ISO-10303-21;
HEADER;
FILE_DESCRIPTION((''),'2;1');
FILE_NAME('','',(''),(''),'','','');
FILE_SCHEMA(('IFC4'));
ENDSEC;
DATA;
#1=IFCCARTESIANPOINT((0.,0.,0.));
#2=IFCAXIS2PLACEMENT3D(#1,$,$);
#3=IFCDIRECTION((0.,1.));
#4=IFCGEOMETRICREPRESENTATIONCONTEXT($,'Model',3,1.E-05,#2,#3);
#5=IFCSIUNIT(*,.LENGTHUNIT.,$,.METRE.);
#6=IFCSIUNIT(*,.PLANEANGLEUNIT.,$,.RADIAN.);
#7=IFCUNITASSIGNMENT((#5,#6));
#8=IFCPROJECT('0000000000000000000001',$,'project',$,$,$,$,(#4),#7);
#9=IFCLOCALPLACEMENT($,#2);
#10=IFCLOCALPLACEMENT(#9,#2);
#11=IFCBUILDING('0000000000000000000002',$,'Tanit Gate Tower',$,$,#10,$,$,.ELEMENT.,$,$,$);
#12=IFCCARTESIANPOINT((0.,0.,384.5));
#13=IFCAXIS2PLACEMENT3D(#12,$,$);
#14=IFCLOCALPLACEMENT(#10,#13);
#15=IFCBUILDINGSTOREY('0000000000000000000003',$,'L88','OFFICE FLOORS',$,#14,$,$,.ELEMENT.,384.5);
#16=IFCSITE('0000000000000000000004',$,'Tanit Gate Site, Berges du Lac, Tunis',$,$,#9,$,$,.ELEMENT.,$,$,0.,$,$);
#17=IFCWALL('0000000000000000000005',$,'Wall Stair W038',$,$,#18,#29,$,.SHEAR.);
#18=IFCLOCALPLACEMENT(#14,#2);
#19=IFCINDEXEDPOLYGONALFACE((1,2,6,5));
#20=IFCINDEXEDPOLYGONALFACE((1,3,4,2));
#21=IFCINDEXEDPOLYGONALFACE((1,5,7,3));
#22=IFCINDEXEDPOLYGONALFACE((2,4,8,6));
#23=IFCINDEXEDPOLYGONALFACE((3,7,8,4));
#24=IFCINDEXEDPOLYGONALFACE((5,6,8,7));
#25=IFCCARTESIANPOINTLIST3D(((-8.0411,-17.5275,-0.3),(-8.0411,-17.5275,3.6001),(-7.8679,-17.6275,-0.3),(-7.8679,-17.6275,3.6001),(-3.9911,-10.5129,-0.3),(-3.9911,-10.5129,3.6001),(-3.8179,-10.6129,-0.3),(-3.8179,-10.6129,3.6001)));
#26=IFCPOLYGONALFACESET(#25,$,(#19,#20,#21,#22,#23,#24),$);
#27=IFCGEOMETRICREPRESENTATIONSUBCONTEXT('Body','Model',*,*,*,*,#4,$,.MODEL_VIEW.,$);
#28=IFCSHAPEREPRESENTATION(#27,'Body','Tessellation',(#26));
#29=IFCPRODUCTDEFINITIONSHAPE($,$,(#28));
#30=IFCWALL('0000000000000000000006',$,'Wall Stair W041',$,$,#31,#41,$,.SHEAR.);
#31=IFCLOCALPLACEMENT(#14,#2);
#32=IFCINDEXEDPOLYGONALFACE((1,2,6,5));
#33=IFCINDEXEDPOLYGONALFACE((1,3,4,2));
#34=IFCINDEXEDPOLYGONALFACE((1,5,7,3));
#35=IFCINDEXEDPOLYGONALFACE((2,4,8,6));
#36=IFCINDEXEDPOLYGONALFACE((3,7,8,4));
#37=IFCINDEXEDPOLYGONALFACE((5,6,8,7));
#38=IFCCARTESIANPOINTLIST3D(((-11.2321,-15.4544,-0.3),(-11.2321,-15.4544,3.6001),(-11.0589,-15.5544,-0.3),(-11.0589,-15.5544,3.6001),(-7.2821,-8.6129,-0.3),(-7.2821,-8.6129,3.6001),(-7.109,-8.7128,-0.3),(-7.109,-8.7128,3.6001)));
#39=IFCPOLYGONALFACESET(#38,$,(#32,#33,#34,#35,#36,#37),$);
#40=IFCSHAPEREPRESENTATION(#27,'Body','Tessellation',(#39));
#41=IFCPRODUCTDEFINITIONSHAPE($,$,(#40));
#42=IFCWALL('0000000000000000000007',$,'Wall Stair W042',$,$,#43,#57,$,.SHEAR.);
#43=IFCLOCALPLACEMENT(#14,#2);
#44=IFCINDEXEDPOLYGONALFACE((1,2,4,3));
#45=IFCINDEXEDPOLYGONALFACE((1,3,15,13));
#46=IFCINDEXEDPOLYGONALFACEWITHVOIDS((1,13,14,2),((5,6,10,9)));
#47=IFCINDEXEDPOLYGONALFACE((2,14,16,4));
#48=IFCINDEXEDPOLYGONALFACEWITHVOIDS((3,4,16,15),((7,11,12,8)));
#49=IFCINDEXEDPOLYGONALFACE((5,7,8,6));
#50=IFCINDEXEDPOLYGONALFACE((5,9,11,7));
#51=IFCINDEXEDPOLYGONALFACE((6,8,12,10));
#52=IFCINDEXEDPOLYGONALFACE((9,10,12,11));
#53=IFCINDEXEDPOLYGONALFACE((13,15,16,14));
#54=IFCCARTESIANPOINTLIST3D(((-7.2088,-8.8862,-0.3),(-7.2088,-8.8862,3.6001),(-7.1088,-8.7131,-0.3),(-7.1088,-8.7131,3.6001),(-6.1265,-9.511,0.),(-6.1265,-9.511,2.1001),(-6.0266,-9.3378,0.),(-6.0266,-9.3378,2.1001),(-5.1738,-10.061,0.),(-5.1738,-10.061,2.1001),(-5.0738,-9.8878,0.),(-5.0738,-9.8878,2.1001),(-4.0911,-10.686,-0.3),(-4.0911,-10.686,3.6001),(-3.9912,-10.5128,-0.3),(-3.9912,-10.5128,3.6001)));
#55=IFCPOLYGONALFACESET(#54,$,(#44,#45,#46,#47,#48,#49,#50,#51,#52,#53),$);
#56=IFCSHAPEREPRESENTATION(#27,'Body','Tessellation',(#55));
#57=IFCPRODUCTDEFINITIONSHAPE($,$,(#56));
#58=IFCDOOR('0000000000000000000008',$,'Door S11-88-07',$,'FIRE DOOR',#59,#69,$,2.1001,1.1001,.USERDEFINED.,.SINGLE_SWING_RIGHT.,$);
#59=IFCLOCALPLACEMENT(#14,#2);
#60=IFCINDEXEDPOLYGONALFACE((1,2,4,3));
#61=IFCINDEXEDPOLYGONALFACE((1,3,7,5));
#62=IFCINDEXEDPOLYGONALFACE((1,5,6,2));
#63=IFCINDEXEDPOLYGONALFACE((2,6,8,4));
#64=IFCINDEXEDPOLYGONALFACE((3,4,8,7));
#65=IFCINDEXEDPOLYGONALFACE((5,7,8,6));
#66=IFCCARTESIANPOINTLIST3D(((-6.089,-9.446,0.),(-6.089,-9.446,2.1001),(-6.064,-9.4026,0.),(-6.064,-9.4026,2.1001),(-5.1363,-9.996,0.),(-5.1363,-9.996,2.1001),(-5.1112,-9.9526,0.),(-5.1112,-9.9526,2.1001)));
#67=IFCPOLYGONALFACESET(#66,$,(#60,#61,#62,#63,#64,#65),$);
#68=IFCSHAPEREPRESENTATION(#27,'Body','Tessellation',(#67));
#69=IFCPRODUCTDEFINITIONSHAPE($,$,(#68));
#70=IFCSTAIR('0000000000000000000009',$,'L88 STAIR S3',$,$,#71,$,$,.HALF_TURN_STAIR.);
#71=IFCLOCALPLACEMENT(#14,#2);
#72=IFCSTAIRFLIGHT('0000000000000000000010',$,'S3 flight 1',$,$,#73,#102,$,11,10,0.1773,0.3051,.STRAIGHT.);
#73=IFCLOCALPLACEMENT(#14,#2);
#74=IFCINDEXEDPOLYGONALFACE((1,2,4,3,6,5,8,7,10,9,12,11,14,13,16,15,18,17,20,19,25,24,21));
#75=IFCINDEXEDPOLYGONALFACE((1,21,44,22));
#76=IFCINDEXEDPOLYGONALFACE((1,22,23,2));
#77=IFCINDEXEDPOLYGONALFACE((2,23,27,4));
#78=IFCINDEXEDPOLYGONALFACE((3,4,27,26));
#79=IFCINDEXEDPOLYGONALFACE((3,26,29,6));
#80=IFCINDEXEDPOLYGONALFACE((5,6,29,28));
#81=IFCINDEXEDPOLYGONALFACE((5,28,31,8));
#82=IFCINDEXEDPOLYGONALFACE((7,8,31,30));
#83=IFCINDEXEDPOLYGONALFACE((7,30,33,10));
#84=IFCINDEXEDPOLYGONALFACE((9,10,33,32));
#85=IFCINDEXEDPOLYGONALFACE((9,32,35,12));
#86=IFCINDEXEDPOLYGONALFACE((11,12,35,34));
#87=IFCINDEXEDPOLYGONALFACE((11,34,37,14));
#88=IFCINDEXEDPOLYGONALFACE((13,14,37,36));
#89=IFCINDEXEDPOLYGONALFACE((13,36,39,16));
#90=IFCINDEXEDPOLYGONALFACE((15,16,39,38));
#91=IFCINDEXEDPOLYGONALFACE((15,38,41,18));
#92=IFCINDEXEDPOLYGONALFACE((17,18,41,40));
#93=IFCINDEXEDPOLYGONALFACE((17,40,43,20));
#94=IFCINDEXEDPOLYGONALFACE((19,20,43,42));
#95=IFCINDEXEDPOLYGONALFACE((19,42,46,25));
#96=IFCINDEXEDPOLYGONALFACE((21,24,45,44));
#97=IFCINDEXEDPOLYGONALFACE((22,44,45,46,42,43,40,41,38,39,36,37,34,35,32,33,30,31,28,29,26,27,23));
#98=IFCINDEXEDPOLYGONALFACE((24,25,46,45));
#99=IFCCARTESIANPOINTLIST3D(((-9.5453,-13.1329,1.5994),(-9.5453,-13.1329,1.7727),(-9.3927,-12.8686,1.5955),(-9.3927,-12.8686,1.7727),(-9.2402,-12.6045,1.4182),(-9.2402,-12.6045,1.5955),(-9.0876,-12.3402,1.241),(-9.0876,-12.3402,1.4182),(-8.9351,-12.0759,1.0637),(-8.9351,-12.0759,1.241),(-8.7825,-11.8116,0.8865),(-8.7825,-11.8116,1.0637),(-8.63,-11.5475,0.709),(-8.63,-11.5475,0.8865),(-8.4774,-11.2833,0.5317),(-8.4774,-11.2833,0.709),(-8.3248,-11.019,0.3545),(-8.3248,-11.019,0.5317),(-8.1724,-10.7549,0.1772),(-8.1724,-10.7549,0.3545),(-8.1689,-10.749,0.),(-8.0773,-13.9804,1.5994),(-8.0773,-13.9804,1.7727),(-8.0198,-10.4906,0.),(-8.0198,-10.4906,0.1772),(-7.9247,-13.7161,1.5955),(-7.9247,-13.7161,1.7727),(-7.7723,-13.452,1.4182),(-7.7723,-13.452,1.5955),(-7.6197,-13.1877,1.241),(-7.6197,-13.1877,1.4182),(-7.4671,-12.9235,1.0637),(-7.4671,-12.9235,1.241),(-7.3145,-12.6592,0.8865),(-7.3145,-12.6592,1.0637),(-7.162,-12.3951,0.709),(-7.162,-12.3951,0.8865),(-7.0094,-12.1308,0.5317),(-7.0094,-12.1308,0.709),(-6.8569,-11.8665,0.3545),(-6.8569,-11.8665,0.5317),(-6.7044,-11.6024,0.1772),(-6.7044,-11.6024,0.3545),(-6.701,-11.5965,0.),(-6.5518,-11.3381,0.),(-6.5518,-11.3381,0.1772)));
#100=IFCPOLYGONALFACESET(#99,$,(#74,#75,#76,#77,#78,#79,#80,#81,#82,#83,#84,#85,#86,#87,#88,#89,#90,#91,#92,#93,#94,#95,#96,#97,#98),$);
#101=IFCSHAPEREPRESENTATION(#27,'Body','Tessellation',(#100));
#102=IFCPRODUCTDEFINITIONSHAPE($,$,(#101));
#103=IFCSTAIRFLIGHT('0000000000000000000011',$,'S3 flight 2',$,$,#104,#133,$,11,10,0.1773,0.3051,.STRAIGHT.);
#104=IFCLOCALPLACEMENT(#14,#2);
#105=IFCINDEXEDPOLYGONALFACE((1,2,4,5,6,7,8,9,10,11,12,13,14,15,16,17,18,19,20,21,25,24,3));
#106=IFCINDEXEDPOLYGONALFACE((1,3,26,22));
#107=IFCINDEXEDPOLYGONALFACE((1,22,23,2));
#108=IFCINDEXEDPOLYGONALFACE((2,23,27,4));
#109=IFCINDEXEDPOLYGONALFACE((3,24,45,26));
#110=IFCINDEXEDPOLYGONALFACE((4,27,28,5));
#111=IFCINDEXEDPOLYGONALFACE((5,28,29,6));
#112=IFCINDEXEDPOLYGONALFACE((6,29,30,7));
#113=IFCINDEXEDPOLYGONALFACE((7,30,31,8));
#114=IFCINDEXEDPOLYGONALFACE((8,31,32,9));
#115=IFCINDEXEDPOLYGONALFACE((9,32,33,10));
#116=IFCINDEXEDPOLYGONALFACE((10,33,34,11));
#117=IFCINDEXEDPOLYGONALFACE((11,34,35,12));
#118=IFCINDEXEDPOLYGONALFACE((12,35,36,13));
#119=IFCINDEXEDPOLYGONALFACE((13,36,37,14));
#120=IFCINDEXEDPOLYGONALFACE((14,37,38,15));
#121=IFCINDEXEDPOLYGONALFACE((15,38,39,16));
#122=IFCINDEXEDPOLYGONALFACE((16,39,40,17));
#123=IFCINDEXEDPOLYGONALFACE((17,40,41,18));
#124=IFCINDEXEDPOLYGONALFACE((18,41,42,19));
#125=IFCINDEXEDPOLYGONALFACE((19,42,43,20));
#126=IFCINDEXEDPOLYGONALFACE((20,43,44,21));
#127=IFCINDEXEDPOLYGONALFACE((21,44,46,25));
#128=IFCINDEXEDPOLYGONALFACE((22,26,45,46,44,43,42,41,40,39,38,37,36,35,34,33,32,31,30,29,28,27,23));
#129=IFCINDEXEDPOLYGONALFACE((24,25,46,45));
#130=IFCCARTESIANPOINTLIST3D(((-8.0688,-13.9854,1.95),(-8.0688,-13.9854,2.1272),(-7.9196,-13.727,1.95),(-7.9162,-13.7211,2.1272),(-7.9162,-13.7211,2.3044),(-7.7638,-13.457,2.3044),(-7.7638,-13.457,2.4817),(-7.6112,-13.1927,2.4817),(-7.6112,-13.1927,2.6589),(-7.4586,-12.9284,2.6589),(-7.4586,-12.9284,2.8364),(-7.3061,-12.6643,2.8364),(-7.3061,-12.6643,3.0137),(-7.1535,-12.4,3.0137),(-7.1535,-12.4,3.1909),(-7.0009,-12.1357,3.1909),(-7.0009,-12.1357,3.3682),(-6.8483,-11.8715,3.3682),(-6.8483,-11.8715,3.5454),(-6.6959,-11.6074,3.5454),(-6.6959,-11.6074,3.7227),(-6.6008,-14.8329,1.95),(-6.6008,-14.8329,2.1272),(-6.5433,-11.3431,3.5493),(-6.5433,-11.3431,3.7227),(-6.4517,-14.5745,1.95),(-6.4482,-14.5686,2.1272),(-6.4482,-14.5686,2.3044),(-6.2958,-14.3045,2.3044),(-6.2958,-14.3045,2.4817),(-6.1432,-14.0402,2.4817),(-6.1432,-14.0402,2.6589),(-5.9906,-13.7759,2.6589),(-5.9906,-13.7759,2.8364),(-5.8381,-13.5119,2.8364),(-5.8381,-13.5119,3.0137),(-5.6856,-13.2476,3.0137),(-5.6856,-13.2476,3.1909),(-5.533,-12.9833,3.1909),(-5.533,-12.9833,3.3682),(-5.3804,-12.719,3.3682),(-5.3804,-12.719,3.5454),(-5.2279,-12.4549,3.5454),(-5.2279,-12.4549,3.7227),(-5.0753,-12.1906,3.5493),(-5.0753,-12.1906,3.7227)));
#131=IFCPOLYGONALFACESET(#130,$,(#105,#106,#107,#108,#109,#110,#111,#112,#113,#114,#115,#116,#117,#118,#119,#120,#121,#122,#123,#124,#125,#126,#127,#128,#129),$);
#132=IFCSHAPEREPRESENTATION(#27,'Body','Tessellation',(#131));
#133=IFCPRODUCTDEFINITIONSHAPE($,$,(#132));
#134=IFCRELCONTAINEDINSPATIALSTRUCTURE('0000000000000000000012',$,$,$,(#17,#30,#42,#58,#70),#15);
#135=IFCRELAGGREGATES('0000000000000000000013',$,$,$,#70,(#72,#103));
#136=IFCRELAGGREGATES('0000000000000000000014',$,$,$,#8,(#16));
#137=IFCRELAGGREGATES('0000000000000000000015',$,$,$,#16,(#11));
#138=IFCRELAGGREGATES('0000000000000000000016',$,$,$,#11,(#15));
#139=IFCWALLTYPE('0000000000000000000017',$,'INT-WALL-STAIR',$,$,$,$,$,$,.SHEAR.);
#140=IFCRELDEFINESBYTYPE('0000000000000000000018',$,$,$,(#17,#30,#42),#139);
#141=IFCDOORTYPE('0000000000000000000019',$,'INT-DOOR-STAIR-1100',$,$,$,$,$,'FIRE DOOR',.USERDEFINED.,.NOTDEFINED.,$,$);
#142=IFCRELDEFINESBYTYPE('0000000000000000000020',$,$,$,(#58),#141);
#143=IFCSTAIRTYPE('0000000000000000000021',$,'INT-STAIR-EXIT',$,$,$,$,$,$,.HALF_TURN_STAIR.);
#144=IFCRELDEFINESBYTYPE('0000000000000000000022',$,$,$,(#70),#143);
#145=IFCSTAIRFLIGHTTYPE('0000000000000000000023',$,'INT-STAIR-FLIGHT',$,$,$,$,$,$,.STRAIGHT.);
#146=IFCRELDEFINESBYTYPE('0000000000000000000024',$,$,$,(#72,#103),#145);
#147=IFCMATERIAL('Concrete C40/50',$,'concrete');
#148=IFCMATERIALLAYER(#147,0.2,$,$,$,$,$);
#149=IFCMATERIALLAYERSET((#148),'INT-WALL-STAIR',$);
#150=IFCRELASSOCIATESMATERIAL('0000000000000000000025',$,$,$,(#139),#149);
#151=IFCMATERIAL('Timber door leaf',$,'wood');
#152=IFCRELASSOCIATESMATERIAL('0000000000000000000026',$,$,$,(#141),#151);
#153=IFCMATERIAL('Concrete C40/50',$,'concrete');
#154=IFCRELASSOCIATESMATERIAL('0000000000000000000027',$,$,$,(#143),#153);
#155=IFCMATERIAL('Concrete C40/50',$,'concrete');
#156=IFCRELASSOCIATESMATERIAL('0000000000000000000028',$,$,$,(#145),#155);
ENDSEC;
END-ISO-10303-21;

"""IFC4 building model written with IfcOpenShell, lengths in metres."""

from ifc_helpers import new_model, si_unit, direction, frame, frame_2d, origin, place, context, subcontext, project, spatial, polyline, rectangle, outline, extrude, material, layer, layer_set, type_object, element, fill, aggregate, save


model = new_model("IFC4")

# Units and contexts
model_context = context("Model", 3, precision=1e-05, world=origin(), true_north=direction((0.0, 1.0)))
body_context = subcontext(model_context, "Body", "Model", "MODEL_VIEW")
ifc_project = project(units=[si_unit("LENGTHUNIT", "METRE"), si_unit("PLANEANGLEUNIT", "RADIAN")], contexts=[model_context])

# Site, building, storey
site_placement = place(None, origin())
site = spatial("IfcSite", under=ifc_project, at=site_placement, Name="Tanit Gate Site, Berges du Lac, Tunis", CompositionType="ELEMENT", RefElevation=0.0)
building_placement = place(site_placement, origin())
building = spatial("IfcBuilding", under=site, at=building_placement, Name="Tanit Gate Tower", CompositionType="ELEMENT")
storey_placement = place(building_placement, frame((0.0, 0.0, 384.5)))
storey = spatial("IfcBuildingStorey", under=building, at=storey_placement, Name="L88", Description="OFFICE FLOORS", CompositionType="ELEMENT", Elevation=384.5)

# Walls
ifc_material_1 = material(Name="Concrete C40/50", Category="concrete")
ifc_layer_1 = layer(ifc_material_1, 0.2)
ifc_layer_set_1 = layer_set([ifc_layer_1], Name="INT-WALL-STAIR")
wall_type_1 = type_object("IfcWallType", Name="INT-WALL-STAIR", PredefinedType="SHEAR", material=ifc_layer_set_1)
wall_1_placement = place(storey_placement, frame((-3.9045, -10.563, -0.3), z_axis=(0.0, 0.0, 1.0), x_axis=(-0.500013, -0.866018, 0.0)))
element("IfcWall", 1, at=wall_1_placement, inside=storey, type_object=wall_type_1, Name="Wall Stair W038", PredefinedType="SHEAR", context=body_context, shape_type="SweptSolid", body=[
    extrude(rectangle(XDim=8.0999, YDim=0.2, at=frame_2d((4.0498, 0.0))), origin(), (0.0, 0.0, 1.0), 3.9001),
])
wall_2_placement = place(storey_placement, frame((-7.1956, -8.6628, -0.3), z_axis=(0.0, 0.0, 1.0), x_axis=(-0.499998, -0.866027, 0.0)))
element("IfcWall", 2, at=wall_2_placement, inside=storey, type_object=wall_type_1, Name="Wall Stair W041", PredefinedType="SHEAR", context=body_context, shape_type="SweptSolid", body=[
    extrude(rectangle(XDim=7.8999, YDim=0.2, at=frame_2d((3.95, 0.0))), origin(), (0.0, 0.0, 1.0), 3.9001),
])

# Wall, opening, door
wall_3_placement = place(storey_placement, frame((-4.0413, -10.5994, -0.3), z_axis=(0.0, 0.0, 1.0), x_axis=(-0.866048, 0.499961, 0.0)))
wall_3 = element("IfcWall", 3, at=wall_3_placement, inside=storey, type_object=wall_type_1, Name="Wall Stair W042", PredefinedType="SHEAR", context=body_context, shape_type="SweptSolid", body=[
    extrude(rectangle(XDim=3.5999, YDim=0.2, at=frame_2d((1.7998, 0.0))), origin(), (0.0, 0.0, 1.0), 3.9001),
])
opening_1_placement = place(wall_3_placement, frame((1.25, 0.0, 0.3)))
opening_1 = element("IfcOpeningElement", 4, at=opening_1_placement, cuts=wall_3, PredefinedType="OPENING", context=body_context, shape_type="SweptSolid", body=[
    extrude(rectangle(XDim=1.1001, YDim=2.1001, at=frame_2d((0.55, 1.05))), frame((0.0, 0.1099, 0.0), z_axis=(0.0, -1.0, 0.0), x_axis=(1.0, 0.0, 0.0)), (0.0, 0.0, 1.0), 0.22),
])
ifc_material_2 = material(Name="Timber door leaf", Category="wood")
door_type_1 = type_object("IfcDoorType", Name="INT-DOOR-STAIR-1100", ElementType="FIRE DOOR", OperationType="NOTDEFINED", PredefinedType="USERDEFINED", material=ifc_material_2)
door_1_placement = place(opening_1_placement, origin())
door_1 = element("IfcDoor", 5, at=door_1_placement, inside=storey, type_object=door_type_1, Name="Door S11-88-07", ObjectType="FIRE DOOR", OperationType="SINGLE_SWING_RIGHT", OverallHeight=2.1001, OverallWidth=1.1001, PredefinedType="USERDEFINED", context=body_context, shape_type="SweptSolid", body=[
    extrude(rectangle(XDim=1.1001, YDim=2.1001, at=frame_2d((0.55, 1.05))), frame((0.0, 0.0249, 0.0), z_axis=(0.0, -1.0, 0.0), x_axis=(1.0, 0.0, 0.0)), (0.0, 0.0, 1.0), 0.05),
])
fill(opening_1, door_1)

# Stair, stair flights
ifc_material_3 = material(Name="Concrete C40/50", Category="concrete")
stair_type = type_object("IfcStairType", Name="INT-STAIR-EXIT", PredefinedType="HALF_TURN_STAIR", material=ifc_material_3)
stair_placement = place(storey_placement, origin())
stair = element("IfcStair", 6, at=stair_placement, inside=storey, type_object=stair_type, Name="L88 STAIR S3", PredefinedType="HALF_TURN_STAIR")
ifc_material_4 = material(Name="Concrete C40/50", Category="concrete")
stair_flight_type = type_object("IfcStairFlightType", Name="INT-STAIR-FLIGHT", PredefinedType="STRAIGHT", material=ifc_material_4)
stair_flight_1_placement = place(storey_placement, frame((-7.2859, -10.9143, 0.0), z_axis=(0.0, 0.0, 1.0), x_axis=(-0.5, -0.866025, 0.0)))
stair_flight_1 = element("IfcStairFlight", 7, at=stair_flight_1_placement, type_object=stair_flight_type, Name="S3 flight 1", NumberOfRisers=11, NumberOfTreads=10, PredefinedType="STRAIGHT", RiserHeight=0.1773, TreadLength=0.3051, context=body_context, shape_type="SweptSolid", body=[
    extrude(outline(polyline([(0.0, 0.0), (0.0, 0.1772), (0.3052, 0.1772), (0.3052, 0.3545), (0.6101, 0.3545), (0.6101, 0.5317), (0.9153, 0.5317), (0.9153, 0.709), (1.2205, 0.709), (1.2205, 0.8865), (1.5254, 0.8865), (1.5254, 1.0637), (1.8306, 1.0637), (1.8306, 1.241), (2.1357, 1.241), (2.1357, 1.4182), (2.4409, 1.4182), (2.4409, 1.5955), (2.7458, 1.5955), (2.7458, 1.7727), (3.051, 1.7727), (3.051, 1.95), (3.051, 1.5994), (0.2983, 0.0), (0.0, 0.0)])), frame((0.0, 0.8477, 0.0), z_axis=(0.0, -1.0, 0.0), x_axis=(1.0, 0.0, 0.0)), (0.0, 0.0, 1.0), 1.6951),
])
stair_flight_2_placement = place(storey_placement, frame((-7.3347, -14.4092, 1.95), z_axis=(0.0, 0.0, 1.0), x_axis=(0.5, 0.866025, 0.0)))
stair_flight_2 = element("IfcStairFlight", 8, at=stair_flight_2_placement, type_object=stair_flight_type, Name="S3 flight 2", NumberOfRisers=11, NumberOfTreads=10, PredefinedType="STRAIGHT", RiserHeight=0.1773, TreadLength=0.3051, context=body_context, shape_type="SweptSolid", body=[
    extrude(outline(polyline([(0.0, 0.0), (0.0, 0.1772), (0.3052, 0.1772), (0.3052, 0.3545), (0.6101, 0.3545), (0.6101, 0.5317), (0.9153, 0.5317), (0.9153, 0.709), (1.2205, 0.709), (1.2205, 0.8865), (1.5254, 0.8865), (1.5254, 1.0637), (1.8306, 1.0637), (1.8306, 1.241), (2.1357, 1.241), (2.1357, 1.4182), (2.4409, 1.4182), (2.4409, 1.5955), (2.7458, 1.5955), (2.7458, 1.7727), (3.051, 1.7727), (3.051, 1.95), (3.051, 1.5994), (0.2983, 0.0), (0.0, 0.0)])), frame((0.0, 0.8477, 0.0), z_axis=(0.0, -1.0, 0.0), x_axis=(1.0, 0.0, 0.0)), (0.0, 0.0, 1.0), 1.6951),
])
aggregate(stair, [stair_flight_1, stair_flight_2])

save(model, "model.ifc")
